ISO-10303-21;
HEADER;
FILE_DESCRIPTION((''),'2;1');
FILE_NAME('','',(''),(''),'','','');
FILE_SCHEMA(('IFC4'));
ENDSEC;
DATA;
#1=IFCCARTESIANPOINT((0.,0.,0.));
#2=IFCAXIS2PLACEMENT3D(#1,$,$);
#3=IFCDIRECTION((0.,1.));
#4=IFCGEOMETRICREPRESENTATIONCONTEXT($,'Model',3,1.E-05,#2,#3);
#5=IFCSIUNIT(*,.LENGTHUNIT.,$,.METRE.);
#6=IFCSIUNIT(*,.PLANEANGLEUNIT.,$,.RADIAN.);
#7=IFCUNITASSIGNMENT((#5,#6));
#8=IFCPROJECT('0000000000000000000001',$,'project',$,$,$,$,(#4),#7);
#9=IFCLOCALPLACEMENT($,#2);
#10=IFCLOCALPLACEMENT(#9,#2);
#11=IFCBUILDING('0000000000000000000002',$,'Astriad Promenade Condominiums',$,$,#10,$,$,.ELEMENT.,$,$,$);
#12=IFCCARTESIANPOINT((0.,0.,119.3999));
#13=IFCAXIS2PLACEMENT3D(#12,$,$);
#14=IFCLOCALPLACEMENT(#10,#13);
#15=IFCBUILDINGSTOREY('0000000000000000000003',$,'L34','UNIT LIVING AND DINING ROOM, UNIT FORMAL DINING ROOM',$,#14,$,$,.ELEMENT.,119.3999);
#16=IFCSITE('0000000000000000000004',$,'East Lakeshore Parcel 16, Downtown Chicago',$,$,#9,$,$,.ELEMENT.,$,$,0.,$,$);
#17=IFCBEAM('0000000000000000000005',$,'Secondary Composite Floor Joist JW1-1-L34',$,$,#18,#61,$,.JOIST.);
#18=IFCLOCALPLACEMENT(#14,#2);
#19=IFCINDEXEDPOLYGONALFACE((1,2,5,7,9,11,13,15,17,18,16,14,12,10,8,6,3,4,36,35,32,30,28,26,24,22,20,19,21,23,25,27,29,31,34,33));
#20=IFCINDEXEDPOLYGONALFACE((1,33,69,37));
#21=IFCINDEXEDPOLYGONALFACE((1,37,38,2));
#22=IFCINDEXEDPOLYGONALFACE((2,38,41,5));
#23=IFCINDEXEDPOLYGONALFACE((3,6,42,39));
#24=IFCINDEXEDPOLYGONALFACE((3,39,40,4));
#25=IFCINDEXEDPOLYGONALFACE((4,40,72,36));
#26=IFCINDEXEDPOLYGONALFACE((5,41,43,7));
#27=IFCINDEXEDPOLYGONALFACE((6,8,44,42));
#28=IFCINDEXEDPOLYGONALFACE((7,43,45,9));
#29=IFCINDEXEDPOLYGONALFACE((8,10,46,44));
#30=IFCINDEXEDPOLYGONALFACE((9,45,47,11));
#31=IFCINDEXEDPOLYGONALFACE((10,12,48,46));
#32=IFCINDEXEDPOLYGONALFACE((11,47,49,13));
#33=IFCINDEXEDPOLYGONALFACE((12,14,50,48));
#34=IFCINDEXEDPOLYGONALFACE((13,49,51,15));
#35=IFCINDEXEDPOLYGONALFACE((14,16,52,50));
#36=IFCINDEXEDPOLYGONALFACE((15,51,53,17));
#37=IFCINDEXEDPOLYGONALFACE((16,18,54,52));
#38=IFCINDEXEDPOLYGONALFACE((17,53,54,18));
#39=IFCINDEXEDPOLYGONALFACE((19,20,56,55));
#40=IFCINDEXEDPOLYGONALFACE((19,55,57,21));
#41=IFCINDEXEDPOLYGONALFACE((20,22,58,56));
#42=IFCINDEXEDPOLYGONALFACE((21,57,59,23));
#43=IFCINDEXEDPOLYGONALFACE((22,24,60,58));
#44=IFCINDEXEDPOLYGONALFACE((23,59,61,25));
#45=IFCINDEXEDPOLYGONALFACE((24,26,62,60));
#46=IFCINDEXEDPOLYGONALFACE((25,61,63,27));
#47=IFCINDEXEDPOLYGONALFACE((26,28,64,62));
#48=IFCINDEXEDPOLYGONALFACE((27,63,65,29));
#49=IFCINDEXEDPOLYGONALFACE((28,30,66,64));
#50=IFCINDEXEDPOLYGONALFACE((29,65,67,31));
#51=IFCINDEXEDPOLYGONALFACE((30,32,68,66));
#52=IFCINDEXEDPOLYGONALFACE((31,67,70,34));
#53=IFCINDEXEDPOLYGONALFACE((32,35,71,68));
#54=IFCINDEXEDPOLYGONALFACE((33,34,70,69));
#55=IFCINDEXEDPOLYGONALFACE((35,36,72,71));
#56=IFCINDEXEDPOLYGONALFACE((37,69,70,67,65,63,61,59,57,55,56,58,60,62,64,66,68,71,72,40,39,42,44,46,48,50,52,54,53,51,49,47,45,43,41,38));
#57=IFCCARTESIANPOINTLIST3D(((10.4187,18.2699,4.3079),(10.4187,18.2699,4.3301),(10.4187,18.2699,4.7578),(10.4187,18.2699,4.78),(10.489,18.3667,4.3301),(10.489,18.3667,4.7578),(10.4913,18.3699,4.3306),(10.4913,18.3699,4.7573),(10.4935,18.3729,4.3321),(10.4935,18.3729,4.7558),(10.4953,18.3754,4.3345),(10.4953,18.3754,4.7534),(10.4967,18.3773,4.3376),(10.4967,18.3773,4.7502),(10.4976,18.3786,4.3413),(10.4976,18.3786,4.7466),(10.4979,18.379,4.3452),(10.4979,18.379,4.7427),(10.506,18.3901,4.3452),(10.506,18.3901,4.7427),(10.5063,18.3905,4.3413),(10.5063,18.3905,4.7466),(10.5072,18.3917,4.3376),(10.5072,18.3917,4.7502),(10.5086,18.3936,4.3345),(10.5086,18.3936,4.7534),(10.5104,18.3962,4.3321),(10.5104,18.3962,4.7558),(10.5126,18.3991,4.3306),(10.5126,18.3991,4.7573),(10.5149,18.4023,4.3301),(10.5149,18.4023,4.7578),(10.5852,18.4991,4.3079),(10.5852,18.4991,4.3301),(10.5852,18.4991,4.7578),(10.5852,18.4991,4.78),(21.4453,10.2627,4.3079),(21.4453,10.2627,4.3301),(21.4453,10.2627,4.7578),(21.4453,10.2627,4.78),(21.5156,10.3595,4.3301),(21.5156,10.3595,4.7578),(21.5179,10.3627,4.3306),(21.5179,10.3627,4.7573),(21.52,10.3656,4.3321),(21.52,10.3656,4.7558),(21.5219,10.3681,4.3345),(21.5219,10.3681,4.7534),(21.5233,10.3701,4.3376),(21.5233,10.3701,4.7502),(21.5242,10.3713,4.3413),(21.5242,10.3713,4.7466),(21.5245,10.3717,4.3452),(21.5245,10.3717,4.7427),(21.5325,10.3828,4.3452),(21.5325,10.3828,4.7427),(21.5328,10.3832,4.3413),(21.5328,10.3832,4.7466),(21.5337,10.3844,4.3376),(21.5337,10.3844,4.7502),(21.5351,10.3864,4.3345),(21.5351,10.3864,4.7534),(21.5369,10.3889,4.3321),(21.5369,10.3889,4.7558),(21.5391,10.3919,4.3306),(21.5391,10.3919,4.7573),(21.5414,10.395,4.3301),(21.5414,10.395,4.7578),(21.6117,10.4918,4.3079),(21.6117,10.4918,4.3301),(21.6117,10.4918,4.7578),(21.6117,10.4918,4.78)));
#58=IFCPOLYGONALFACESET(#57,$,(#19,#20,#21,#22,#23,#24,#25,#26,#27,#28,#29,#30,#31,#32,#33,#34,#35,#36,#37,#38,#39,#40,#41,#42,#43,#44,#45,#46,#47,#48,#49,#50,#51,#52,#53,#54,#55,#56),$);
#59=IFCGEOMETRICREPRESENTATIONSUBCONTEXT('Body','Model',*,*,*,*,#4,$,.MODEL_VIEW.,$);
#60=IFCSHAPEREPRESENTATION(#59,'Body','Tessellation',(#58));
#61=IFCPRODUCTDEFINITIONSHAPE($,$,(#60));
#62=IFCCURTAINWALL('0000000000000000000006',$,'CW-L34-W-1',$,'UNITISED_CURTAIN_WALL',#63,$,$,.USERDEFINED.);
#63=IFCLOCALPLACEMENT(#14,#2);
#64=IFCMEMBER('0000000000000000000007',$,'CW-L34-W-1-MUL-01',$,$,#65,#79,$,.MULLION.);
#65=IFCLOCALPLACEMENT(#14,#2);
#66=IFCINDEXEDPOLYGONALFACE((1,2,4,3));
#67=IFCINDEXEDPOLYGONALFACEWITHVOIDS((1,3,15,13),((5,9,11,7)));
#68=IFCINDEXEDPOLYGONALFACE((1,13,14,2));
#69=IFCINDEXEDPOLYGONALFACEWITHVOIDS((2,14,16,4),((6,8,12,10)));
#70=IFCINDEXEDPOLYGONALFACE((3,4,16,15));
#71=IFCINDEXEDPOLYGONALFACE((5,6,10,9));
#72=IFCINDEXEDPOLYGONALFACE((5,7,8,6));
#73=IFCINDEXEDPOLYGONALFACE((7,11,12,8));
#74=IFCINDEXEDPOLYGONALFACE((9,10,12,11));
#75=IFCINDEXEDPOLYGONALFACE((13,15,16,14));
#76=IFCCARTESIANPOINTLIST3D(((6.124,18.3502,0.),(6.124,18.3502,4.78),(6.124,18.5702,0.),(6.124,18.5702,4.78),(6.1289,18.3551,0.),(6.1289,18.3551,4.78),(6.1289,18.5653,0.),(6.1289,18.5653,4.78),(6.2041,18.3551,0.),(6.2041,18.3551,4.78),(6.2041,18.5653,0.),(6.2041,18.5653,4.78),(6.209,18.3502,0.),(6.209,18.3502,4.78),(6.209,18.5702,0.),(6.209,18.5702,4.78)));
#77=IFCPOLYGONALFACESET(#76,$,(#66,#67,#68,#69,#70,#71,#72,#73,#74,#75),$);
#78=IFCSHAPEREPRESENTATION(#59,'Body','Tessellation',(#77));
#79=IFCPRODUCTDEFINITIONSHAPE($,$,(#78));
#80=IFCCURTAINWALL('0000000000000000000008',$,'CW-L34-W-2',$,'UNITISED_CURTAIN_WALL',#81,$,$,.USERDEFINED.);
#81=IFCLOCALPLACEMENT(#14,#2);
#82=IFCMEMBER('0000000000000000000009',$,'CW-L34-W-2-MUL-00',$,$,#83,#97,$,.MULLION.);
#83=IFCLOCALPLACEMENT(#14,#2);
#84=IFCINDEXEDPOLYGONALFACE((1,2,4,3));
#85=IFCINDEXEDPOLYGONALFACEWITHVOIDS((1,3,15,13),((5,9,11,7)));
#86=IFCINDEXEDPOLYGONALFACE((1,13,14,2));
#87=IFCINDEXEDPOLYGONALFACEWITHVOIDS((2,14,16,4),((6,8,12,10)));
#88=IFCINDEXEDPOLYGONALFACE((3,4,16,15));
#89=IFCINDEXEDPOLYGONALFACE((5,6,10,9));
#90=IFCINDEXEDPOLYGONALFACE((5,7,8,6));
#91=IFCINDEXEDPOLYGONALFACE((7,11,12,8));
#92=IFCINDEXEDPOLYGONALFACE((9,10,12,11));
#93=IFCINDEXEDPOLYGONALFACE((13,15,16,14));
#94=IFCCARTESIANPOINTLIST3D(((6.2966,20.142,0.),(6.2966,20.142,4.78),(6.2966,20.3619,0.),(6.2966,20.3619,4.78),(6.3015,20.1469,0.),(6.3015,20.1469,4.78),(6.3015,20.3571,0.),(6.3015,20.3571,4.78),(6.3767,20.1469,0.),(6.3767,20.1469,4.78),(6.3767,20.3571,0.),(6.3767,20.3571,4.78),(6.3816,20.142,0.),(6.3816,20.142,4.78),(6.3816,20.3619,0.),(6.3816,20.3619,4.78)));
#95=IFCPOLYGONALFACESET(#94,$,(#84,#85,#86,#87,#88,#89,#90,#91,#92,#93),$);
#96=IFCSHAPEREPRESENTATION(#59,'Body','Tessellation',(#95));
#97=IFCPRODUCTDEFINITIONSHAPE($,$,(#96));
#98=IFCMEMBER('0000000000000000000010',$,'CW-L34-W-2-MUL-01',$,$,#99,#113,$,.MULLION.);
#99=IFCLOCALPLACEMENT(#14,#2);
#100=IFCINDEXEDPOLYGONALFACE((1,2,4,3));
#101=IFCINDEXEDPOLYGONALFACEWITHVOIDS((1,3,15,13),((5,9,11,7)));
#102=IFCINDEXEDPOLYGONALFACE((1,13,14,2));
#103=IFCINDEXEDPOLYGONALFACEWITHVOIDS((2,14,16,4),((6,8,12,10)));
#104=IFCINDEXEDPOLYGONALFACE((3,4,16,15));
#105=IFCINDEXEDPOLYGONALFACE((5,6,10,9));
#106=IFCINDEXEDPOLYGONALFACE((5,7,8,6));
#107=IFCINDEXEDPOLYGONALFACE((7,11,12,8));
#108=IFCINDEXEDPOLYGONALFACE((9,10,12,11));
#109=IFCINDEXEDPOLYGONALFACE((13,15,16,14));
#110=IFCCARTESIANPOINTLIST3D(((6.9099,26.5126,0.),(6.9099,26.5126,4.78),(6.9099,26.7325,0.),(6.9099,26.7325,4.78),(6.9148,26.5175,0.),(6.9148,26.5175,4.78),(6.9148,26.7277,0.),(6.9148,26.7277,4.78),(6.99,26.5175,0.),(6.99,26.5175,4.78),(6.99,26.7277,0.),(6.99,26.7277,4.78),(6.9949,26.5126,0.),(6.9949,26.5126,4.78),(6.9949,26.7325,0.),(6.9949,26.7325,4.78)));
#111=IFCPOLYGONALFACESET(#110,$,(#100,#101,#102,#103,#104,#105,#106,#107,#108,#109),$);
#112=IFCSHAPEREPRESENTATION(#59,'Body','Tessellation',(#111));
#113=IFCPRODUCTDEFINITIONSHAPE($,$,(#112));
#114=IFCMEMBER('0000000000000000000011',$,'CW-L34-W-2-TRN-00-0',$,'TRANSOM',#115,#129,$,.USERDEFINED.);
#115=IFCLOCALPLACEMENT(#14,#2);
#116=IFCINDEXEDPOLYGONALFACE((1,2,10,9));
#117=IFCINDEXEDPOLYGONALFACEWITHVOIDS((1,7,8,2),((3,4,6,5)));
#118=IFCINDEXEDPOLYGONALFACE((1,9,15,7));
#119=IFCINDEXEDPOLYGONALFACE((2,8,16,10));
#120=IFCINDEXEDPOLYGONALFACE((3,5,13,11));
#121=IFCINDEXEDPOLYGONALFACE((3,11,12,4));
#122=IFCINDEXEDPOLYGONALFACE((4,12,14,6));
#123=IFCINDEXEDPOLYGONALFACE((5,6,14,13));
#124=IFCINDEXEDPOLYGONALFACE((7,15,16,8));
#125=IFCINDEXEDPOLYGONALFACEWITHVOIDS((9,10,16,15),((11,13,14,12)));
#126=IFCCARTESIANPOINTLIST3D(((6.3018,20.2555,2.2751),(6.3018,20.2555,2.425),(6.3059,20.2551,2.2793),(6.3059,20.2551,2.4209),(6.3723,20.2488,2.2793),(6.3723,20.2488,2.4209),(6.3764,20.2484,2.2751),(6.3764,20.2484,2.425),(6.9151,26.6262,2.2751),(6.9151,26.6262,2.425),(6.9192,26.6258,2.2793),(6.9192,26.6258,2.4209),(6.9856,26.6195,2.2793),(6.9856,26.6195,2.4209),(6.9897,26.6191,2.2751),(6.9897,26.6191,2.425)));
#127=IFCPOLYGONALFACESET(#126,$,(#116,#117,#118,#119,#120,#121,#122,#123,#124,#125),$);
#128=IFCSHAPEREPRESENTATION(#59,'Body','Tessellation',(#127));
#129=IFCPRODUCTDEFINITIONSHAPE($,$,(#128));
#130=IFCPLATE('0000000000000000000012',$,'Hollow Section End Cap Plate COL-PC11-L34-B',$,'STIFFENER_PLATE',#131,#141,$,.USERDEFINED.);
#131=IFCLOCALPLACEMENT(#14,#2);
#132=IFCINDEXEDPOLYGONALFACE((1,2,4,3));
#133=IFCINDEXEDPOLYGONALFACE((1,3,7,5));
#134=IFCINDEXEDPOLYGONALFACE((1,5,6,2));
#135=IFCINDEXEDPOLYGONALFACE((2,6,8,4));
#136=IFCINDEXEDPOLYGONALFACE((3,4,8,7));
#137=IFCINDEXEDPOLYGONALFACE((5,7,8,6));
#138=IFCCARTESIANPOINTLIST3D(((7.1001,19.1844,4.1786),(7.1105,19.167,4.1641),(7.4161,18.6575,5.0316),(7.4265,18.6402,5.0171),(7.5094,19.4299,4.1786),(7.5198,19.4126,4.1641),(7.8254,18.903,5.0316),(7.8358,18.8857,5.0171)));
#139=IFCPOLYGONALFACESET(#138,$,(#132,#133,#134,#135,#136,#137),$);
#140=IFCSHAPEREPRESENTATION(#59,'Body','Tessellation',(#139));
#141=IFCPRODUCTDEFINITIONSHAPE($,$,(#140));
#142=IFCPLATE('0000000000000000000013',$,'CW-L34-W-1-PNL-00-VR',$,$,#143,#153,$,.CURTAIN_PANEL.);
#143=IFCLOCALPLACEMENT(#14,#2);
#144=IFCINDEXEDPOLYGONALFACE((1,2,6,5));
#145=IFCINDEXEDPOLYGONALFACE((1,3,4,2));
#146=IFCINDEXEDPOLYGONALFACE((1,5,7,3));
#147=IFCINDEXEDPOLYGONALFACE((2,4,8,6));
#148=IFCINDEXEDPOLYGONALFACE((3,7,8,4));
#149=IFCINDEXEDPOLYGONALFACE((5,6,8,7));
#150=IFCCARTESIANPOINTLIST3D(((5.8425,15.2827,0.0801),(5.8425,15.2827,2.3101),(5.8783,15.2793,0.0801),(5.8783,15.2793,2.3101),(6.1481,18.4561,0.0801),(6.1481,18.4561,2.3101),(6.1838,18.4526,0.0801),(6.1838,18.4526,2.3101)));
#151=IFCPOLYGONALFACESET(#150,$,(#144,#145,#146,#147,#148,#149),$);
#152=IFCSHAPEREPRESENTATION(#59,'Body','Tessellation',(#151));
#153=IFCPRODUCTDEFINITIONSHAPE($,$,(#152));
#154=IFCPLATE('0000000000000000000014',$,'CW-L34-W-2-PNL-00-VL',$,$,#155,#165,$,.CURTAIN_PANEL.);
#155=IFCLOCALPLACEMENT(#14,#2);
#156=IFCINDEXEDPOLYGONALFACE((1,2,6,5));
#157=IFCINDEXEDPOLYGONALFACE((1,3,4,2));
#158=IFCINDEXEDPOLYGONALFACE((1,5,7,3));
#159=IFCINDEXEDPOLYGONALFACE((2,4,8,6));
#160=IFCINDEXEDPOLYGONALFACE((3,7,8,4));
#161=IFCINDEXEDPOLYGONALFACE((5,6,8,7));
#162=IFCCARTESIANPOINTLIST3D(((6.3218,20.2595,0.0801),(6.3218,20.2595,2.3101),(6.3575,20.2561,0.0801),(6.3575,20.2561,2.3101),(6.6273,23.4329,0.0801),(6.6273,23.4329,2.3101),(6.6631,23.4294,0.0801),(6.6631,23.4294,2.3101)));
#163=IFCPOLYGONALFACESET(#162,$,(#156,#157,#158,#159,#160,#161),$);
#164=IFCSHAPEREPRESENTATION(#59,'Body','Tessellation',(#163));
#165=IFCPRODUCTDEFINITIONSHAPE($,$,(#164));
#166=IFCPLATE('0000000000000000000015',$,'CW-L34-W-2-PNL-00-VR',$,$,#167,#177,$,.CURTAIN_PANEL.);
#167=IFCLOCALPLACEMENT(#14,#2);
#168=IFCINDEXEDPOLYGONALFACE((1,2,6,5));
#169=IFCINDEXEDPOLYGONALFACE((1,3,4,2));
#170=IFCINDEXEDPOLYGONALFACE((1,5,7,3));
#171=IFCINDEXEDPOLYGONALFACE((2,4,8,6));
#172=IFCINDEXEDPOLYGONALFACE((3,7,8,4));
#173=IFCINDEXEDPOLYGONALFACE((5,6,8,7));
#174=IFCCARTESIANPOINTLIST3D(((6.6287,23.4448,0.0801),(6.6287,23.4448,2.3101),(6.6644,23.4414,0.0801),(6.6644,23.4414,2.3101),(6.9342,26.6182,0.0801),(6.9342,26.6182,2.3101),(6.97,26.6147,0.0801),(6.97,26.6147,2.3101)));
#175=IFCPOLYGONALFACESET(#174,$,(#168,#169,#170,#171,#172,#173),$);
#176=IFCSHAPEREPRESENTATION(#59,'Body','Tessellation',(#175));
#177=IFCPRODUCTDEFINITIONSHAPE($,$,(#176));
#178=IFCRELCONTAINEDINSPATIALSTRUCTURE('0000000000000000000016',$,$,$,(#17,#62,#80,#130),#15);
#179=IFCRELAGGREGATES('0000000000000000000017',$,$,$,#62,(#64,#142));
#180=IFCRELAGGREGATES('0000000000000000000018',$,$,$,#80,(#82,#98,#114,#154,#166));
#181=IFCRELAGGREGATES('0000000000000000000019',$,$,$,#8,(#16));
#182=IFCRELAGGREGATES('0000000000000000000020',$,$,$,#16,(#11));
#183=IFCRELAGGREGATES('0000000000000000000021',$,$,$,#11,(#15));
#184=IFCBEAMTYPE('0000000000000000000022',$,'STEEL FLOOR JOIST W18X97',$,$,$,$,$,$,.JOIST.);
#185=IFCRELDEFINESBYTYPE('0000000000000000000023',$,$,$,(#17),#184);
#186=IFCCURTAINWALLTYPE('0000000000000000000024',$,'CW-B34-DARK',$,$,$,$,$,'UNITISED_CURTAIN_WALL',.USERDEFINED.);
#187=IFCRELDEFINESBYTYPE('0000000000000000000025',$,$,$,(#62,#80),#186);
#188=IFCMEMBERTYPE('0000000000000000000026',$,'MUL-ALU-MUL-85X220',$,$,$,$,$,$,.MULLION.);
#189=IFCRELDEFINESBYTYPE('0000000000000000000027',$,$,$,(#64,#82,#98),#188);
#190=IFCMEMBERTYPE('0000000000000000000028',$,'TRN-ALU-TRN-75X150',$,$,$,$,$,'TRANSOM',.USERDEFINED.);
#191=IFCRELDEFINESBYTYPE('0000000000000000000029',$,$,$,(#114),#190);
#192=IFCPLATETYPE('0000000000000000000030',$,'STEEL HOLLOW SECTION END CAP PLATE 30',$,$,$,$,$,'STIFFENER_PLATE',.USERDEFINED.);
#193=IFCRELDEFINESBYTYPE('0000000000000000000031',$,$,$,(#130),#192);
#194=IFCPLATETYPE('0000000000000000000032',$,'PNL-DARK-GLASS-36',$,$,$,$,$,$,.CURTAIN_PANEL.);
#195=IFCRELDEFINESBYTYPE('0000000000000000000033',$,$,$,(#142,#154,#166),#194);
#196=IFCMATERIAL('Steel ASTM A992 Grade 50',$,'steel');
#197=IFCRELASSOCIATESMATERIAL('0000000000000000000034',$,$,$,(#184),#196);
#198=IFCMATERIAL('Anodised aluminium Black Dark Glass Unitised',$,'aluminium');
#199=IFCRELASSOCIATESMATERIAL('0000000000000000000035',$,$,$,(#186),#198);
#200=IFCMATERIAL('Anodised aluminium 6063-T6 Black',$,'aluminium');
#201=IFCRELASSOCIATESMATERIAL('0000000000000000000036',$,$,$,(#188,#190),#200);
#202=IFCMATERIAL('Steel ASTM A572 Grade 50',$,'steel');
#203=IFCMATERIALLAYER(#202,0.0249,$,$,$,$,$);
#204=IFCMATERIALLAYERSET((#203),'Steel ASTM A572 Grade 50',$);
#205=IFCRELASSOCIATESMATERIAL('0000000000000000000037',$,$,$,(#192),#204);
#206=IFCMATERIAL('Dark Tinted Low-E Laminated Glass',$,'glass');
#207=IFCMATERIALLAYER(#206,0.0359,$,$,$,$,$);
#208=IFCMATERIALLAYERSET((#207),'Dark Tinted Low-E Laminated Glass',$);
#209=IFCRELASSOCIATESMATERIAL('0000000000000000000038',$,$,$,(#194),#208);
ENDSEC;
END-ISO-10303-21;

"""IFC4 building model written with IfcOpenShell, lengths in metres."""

from ifc_helpers import new_model, si_unit, direction, frame, origin, origin_2d, place, context, subcontext, project, spatial, rectangle, hollow_rectangle, i_section, extrude, source, transform, mapped, material, layer, layer_set, material_profile, profile_set, type_object, type_shapes, element, aggregate, save


model = new_model("IFC4")

# Units and contexts
model_context = context("Model", 3, precision=1e-05, world=origin(), true_north=direction((0.0, 1.0)))
body_context = subcontext(model_context, "Body", "Model", "MODEL_VIEW")
ifc_project = project(units=[si_unit("LENGTHUNIT", "METRE"), si_unit("PLANEANGLEUNIT", "RADIAN")], contexts=[model_context])

# Site, building, storey
site_placement = place(None, origin())
site = spatial("IfcSite", under=ifc_project, at=site_placement, Name="East Lakeshore Parcel 16, Downtown Chicago", CompositionType="ELEMENT", RefElevation=0.0)
building_placement = place(site_placement, origin())
building = spatial("IfcBuilding", under=site, at=building_placement, Name="Astriad Promenade Condominiums", CompositionType="ELEMENT")
storey_placement = place(building_placement, frame((0.0, 0.0, 119.3999)))
storey = spatial("IfcBuildingStorey", under=building, at=storey_placement, Name="L34", Description="UNIT LIVING AND DINING ROOM, UNIT FORMAL DINING ROOM", CompositionType="ELEMENT", Elevation=119.3999)

# Beam
ifc_material_1 = material(Name="Steel ASTM A992 Grade 50", Category="steel")
ifc_material_profile_1 = material_profile(ifc_material_1, i_section(OverallWidth=0.2832, OverallDepth=0.4722, WebThickness=0.0137, FlangeThickness=0.0222, FilletRadius=0.0151, at=origin_2d()), Name="W18X97")
ifc_profile_set_1 = profile_set([ifc_material_profile_1], Name="Steel ASTM A992 Grade 50")
beam_type_1 = type_object("IfcBeamType", Name="STEEL FLOOR JOIST W18X97", PredefinedType="JOIST", material=ifc_profile_set_1)
shared_shape_1 = source(origin(), body_context, "Body", "SweptSolid", [
    extrude(i_section(OverallWidth=0.2832, OverallDepth=0.4722, WebThickness=0.0137, FlangeThickness=0.0222, FilletRadius=0.0151, at=origin_2d()), origin(), (0.0, 0.0, 1.0), 13.6272),
])
type_shapes(beam_type_1, [shared_shape_1])
beam_1_placement = place(storey_placement, frame((10.502, 18.3845, 4.5439), z_axis=(0.809156, -0.587594, 0.0), x_axis=(0.587594, 0.809156, 0.0)))
element("IfcBeam", 1, at=beam_1_placement, inside=storey, type_object=beam_type_1, Name="Secondary Composite Floor Joist JW1-1-L34", PredefinedType="JOIST", context=body_context, shape_type="MappedRepresentation", body=[
    mapped(shared_shape_1, transform((0.0, 0.0, 0.0), scale=1.0)),
])

# Curtain wall, member
ifc_material_2 = material(Name="Anodised aluminium Black Dark Glass Unitised", Category="aluminium")
curtain_wall_type = type_object("IfcCurtainWallType", Name="CW-B34-DARK", ElementType="UNITISED_CURTAIN_WALL", PredefinedType="USERDEFINED", material=ifc_material_2)
curtain_wall_1_placement = place(storey_placement, origin())
curtain_wall_1 = element("IfcCurtainWall", 2, at=curtain_wall_1_placement, inside=storey, type_object=curtain_wall_type, Name="CW-L34-W-1", ObjectType="UNITISED_CURTAIN_WALL", PredefinedType="USERDEFINED")
ifc_material_3 = material(Name="Anodised aluminium 6063-T6 Black", Category="aluminium")
ifc_material_profile_2 = material_profile(ifc_material_3, hollow_rectangle(XDim=0.085, YDim=0.22, WallThickness=0.0049, at=origin_2d()), Name="ALU-MUL-85X220")
ifc_profile_set_2 = profile_set([ifc_material_profile_2], Name="Anodised aluminium 6063-T6 Black")
member_type_1 = type_object("IfcMemberType", Name="MUL-ALU-MUL-85X220", PredefinedType="MULLION", material=ifc_profile_set_2)
shared_shape_2 = source(origin(), body_context, "Body", "SweptSolid", [
    extrude(hollow_rectangle(XDim=0.085, YDim=0.22, WallThickness=0.0049, at=origin_2d()), origin(), (0.0, 0.0, 1.0), 4.78),
])
type_shapes(member_type_1, [shared_shape_2])
member_1_placement = place(storey_placement, frame((6.1665, 18.4602, 0.0), z_axis=(0.0, 0.0, 1.0), x_axis=(1.0, 0.0, 0.0)))
member_1 = element("IfcMember", 3, at=member_1_placement, type_object=member_type_1, Name="CW-L34-W-1-MUL-01", PredefinedType="MULLION", context=body_context, shape_type="MappedRepresentation", body=[
    mapped(shared_shape_2, transform((0.0, 0.0, 0.0), scale=1.0)),
])

# Curtain wall, members
curtain_wall_2_placement = place(storey_placement, origin())
curtain_wall_2 = element("IfcCurtainWall", 4, at=curtain_wall_2_placement, inside=storey, type_object=curtain_wall_type, Name="CW-L34-W-2", ObjectType="UNITISED_CURTAIN_WALL", PredefinedType="USERDEFINED")
member_2_placement = place(storey_placement, frame((6.3391, 20.252, 0.0), z_axis=(0.0, 0.0, 1.0), x_axis=(1.0, 0.0, 0.0)))
member_2 = element("IfcMember", 5, at=member_2_placement, type_object=member_type_1, Name="CW-L34-W-2-MUL-00", PredefinedType="MULLION", context=body_context, shape_type="MappedRepresentation", body=[
    mapped(shared_shape_2, transform((0.0, 0.0, 0.0), scale=1.0)),
])
member_3_placement = place(storey_placement, frame((6.9524, 26.6226, 0.0), z_axis=(0.0, 0.0, 1.0), x_axis=(1.0, 0.0, 0.0)))
member_3 = element("IfcMember", 6, at=member_3_placement, type_object=member_type_1, Name="CW-L34-W-2-MUL-01", PredefinedType="MULLION", context=body_context, shape_type="MappedRepresentation", body=[
    mapped(shared_shape_2, transform((0.0, 0.0, 0.0), scale=1.0)),
])
ifc_material_profile_3 = material_profile(ifc_material_3, hollow_rectangle(XDim=0.075, YDim=0.1499, WallThickness=0.0042, at=origin_2d()), Name="ALU-TRN-75X150")
ifc_profile_set_3 = profile_set([ifc_material_profile_3], Name="Anodised aluminium 6063-T6 Black")
member_type_2 = type_object("IfcMemberType", Name="TRN-ALU-TRN-75X150", ElementType="TRANSOM", PredefinedType="USERDEFINED", material=ifc_profile_set_3)
shared_shape_3 = source(origin(), body_context, "Body", "SweptSolid", [
    extrude(hollow_rectangle(XDim=0.075, YDim=0.1499, WallThickness=0.0042, at=origin_2d()), origin(), (0.0, 0.0, 1.0), 6.4001),
])
type_shapes(member_type_2, [shared_shape_3])
member_4_placement = place(storey_placement, frame((6.3391, 20.252, 2.3501), z_axis=(0.095824, 0.995398, 0.0), x_axis=(-0.995398, 0.095824, 0.0)))
member_4 = element("IfcMember", 7, at=member_4_placement, type_object=member_type_2, Name="CW-L34-W-2-TRN-00-0", ObjectType="TRANSOM", PredefinedType="USERDEFINED", context=body_context, shape_type="MappedRepresentation", body=[
    mapped(shared_shape_3, transform((0.0, 0.0, 0.0), scale=1.0)),
])

# Plates
ifc_material_4 = material(Name="Steel ASTM A572 Grade 50", Category="steel")
ifc_layer_1 = layer(ifc_material_4, 0.0249)
ifc_layer_set_1 = layer_set([ifc_layer_1], Name="Steel ASTM A572 Grade 50")
plate_type_1 = type_object("IfcPlateType", Name="STEEL HOLLOW SECTION END CAP PLATE 30", ElementType="STIFFENER_PLATE", PredefinedType="USERDEFINED", material=ifc_layer_set_1)
shared_shape_4 = source(origin(), body_context, "Body", "SweptSolid", [
    extrude(rectangle(XDim=0.4773, YDim=1.0513, at=origin_2d()), origin(), (0.0, 0.0, 1.0), 0.0249),
])
type_shapes(plate_type_1, [shared_shape_4])
plate_1_placement = place(storey_placement, frame((7.4731, 19.0264, 4.5906), z_axis=(-0.417412, 0.695837, 0.584446), x_axis=(-0.857542, -0.514414, 0.0)))
element("IfcPlate", 8, at=plate_1_placement, inside=storey, type_object=plate_type_1, Name="Hollow Section End Cap Plate COL-PC11-L34-B", ObjectType="STIFFENER_PLATE", PredefinedType="USERDEFINED", context=body_context, shape_type="MappedRepresentation", body=[
    mapped(shared_shape_4, transform((0.0, 0.0, 0.0), scale=1.0)),
])
ifc_material_5 = material(Name="Dark Tinted Low-E Laminated Glass", Category="glass")
ifc_layer_2 = layer(ifc_material_5, 0.0359)
ifc_layer_set_2 = layer_set([ifc_layer_2], Name="Dark Tinted Low-E Laminated Glass")
plate_type_2 = type_object("IfcPlateType", Name="PNL-DARK-GLASS-36", PredefinedType="CURTAIN_PANEL", material=ifc_layer_set_2)
shared_shape_5 = source(origin(), body_context, "Body", "SweptSolid", [
    extrude(rectangle(XDim=3.188, YDim=0.0359, at=origin_2d()), origin(), (0.0, 0.0, 1.0), 2.23),
])
plate_2_placement = place(storey_placement, frame((6.0132, 16.8677, 0.0801), z_axis=(0.0, 0.0, 1.0), x_axis=(0.095846, 0.995396, 0.0)))
plate_2 = element("IfcPlate", 9, at=plate_2_placement, type_object=plate_type_2, Name="CW-L34-W-1-PNL-00-VR", PredefinedType="CURTAIN_PANEL", context=body_context, shape_type="MappedRepresentation", body=[
    mapped(shared_shape_5, transform((0.0, 0.0, 0.0), scale=1.0)),
])
aggregate(curtain_wall_1, [member_1, plate_2])
plate_3_placement = place(storey_placement, frame((6.4924, 21.8445, 0.0801), z_axis=(0.0, 0.0, 1.0), x_axis=(0.095846, 0.995396, 0.0)))
plate_3 = element("IfcPlate", 10, at=plate_3_placement, type_object=plate_type_2, Name="CW-L34-W-2-PNL-00-VL", PredefinedType="CURTAIN_PANEL", context=body_context, shape_type="MappedRepresentation", body=[
    mapped(shared_shape_5, transform((0.0, 0.0, 0.0), scale=1.0)),
])
plate_4_placement = place(storey_placement, frame((6.7993, 25.0298, 0.0801), z_axis=(0.0, 0.0, 1.0), x_axis=(0.095846, 0.995396, 0.0)))
plate_4 = element("IfcPlate", 11, at=plate_4_placement, type_object=plate_type_2, Name="CW-L34-W-2-PNL-00-VR", PredefinedType="CURTAIN_PANEL", context=body_context, shape_type="MappedRepresentation", body=[
    mapped(shared_shape_5, transform((0.0, 0.0, 0.0), scale=1.0)),
])
aggregate(curtain_wall_2, [member_2, member_3, member_4, plate_3, plate_4])

save(model, "model.ifc")
